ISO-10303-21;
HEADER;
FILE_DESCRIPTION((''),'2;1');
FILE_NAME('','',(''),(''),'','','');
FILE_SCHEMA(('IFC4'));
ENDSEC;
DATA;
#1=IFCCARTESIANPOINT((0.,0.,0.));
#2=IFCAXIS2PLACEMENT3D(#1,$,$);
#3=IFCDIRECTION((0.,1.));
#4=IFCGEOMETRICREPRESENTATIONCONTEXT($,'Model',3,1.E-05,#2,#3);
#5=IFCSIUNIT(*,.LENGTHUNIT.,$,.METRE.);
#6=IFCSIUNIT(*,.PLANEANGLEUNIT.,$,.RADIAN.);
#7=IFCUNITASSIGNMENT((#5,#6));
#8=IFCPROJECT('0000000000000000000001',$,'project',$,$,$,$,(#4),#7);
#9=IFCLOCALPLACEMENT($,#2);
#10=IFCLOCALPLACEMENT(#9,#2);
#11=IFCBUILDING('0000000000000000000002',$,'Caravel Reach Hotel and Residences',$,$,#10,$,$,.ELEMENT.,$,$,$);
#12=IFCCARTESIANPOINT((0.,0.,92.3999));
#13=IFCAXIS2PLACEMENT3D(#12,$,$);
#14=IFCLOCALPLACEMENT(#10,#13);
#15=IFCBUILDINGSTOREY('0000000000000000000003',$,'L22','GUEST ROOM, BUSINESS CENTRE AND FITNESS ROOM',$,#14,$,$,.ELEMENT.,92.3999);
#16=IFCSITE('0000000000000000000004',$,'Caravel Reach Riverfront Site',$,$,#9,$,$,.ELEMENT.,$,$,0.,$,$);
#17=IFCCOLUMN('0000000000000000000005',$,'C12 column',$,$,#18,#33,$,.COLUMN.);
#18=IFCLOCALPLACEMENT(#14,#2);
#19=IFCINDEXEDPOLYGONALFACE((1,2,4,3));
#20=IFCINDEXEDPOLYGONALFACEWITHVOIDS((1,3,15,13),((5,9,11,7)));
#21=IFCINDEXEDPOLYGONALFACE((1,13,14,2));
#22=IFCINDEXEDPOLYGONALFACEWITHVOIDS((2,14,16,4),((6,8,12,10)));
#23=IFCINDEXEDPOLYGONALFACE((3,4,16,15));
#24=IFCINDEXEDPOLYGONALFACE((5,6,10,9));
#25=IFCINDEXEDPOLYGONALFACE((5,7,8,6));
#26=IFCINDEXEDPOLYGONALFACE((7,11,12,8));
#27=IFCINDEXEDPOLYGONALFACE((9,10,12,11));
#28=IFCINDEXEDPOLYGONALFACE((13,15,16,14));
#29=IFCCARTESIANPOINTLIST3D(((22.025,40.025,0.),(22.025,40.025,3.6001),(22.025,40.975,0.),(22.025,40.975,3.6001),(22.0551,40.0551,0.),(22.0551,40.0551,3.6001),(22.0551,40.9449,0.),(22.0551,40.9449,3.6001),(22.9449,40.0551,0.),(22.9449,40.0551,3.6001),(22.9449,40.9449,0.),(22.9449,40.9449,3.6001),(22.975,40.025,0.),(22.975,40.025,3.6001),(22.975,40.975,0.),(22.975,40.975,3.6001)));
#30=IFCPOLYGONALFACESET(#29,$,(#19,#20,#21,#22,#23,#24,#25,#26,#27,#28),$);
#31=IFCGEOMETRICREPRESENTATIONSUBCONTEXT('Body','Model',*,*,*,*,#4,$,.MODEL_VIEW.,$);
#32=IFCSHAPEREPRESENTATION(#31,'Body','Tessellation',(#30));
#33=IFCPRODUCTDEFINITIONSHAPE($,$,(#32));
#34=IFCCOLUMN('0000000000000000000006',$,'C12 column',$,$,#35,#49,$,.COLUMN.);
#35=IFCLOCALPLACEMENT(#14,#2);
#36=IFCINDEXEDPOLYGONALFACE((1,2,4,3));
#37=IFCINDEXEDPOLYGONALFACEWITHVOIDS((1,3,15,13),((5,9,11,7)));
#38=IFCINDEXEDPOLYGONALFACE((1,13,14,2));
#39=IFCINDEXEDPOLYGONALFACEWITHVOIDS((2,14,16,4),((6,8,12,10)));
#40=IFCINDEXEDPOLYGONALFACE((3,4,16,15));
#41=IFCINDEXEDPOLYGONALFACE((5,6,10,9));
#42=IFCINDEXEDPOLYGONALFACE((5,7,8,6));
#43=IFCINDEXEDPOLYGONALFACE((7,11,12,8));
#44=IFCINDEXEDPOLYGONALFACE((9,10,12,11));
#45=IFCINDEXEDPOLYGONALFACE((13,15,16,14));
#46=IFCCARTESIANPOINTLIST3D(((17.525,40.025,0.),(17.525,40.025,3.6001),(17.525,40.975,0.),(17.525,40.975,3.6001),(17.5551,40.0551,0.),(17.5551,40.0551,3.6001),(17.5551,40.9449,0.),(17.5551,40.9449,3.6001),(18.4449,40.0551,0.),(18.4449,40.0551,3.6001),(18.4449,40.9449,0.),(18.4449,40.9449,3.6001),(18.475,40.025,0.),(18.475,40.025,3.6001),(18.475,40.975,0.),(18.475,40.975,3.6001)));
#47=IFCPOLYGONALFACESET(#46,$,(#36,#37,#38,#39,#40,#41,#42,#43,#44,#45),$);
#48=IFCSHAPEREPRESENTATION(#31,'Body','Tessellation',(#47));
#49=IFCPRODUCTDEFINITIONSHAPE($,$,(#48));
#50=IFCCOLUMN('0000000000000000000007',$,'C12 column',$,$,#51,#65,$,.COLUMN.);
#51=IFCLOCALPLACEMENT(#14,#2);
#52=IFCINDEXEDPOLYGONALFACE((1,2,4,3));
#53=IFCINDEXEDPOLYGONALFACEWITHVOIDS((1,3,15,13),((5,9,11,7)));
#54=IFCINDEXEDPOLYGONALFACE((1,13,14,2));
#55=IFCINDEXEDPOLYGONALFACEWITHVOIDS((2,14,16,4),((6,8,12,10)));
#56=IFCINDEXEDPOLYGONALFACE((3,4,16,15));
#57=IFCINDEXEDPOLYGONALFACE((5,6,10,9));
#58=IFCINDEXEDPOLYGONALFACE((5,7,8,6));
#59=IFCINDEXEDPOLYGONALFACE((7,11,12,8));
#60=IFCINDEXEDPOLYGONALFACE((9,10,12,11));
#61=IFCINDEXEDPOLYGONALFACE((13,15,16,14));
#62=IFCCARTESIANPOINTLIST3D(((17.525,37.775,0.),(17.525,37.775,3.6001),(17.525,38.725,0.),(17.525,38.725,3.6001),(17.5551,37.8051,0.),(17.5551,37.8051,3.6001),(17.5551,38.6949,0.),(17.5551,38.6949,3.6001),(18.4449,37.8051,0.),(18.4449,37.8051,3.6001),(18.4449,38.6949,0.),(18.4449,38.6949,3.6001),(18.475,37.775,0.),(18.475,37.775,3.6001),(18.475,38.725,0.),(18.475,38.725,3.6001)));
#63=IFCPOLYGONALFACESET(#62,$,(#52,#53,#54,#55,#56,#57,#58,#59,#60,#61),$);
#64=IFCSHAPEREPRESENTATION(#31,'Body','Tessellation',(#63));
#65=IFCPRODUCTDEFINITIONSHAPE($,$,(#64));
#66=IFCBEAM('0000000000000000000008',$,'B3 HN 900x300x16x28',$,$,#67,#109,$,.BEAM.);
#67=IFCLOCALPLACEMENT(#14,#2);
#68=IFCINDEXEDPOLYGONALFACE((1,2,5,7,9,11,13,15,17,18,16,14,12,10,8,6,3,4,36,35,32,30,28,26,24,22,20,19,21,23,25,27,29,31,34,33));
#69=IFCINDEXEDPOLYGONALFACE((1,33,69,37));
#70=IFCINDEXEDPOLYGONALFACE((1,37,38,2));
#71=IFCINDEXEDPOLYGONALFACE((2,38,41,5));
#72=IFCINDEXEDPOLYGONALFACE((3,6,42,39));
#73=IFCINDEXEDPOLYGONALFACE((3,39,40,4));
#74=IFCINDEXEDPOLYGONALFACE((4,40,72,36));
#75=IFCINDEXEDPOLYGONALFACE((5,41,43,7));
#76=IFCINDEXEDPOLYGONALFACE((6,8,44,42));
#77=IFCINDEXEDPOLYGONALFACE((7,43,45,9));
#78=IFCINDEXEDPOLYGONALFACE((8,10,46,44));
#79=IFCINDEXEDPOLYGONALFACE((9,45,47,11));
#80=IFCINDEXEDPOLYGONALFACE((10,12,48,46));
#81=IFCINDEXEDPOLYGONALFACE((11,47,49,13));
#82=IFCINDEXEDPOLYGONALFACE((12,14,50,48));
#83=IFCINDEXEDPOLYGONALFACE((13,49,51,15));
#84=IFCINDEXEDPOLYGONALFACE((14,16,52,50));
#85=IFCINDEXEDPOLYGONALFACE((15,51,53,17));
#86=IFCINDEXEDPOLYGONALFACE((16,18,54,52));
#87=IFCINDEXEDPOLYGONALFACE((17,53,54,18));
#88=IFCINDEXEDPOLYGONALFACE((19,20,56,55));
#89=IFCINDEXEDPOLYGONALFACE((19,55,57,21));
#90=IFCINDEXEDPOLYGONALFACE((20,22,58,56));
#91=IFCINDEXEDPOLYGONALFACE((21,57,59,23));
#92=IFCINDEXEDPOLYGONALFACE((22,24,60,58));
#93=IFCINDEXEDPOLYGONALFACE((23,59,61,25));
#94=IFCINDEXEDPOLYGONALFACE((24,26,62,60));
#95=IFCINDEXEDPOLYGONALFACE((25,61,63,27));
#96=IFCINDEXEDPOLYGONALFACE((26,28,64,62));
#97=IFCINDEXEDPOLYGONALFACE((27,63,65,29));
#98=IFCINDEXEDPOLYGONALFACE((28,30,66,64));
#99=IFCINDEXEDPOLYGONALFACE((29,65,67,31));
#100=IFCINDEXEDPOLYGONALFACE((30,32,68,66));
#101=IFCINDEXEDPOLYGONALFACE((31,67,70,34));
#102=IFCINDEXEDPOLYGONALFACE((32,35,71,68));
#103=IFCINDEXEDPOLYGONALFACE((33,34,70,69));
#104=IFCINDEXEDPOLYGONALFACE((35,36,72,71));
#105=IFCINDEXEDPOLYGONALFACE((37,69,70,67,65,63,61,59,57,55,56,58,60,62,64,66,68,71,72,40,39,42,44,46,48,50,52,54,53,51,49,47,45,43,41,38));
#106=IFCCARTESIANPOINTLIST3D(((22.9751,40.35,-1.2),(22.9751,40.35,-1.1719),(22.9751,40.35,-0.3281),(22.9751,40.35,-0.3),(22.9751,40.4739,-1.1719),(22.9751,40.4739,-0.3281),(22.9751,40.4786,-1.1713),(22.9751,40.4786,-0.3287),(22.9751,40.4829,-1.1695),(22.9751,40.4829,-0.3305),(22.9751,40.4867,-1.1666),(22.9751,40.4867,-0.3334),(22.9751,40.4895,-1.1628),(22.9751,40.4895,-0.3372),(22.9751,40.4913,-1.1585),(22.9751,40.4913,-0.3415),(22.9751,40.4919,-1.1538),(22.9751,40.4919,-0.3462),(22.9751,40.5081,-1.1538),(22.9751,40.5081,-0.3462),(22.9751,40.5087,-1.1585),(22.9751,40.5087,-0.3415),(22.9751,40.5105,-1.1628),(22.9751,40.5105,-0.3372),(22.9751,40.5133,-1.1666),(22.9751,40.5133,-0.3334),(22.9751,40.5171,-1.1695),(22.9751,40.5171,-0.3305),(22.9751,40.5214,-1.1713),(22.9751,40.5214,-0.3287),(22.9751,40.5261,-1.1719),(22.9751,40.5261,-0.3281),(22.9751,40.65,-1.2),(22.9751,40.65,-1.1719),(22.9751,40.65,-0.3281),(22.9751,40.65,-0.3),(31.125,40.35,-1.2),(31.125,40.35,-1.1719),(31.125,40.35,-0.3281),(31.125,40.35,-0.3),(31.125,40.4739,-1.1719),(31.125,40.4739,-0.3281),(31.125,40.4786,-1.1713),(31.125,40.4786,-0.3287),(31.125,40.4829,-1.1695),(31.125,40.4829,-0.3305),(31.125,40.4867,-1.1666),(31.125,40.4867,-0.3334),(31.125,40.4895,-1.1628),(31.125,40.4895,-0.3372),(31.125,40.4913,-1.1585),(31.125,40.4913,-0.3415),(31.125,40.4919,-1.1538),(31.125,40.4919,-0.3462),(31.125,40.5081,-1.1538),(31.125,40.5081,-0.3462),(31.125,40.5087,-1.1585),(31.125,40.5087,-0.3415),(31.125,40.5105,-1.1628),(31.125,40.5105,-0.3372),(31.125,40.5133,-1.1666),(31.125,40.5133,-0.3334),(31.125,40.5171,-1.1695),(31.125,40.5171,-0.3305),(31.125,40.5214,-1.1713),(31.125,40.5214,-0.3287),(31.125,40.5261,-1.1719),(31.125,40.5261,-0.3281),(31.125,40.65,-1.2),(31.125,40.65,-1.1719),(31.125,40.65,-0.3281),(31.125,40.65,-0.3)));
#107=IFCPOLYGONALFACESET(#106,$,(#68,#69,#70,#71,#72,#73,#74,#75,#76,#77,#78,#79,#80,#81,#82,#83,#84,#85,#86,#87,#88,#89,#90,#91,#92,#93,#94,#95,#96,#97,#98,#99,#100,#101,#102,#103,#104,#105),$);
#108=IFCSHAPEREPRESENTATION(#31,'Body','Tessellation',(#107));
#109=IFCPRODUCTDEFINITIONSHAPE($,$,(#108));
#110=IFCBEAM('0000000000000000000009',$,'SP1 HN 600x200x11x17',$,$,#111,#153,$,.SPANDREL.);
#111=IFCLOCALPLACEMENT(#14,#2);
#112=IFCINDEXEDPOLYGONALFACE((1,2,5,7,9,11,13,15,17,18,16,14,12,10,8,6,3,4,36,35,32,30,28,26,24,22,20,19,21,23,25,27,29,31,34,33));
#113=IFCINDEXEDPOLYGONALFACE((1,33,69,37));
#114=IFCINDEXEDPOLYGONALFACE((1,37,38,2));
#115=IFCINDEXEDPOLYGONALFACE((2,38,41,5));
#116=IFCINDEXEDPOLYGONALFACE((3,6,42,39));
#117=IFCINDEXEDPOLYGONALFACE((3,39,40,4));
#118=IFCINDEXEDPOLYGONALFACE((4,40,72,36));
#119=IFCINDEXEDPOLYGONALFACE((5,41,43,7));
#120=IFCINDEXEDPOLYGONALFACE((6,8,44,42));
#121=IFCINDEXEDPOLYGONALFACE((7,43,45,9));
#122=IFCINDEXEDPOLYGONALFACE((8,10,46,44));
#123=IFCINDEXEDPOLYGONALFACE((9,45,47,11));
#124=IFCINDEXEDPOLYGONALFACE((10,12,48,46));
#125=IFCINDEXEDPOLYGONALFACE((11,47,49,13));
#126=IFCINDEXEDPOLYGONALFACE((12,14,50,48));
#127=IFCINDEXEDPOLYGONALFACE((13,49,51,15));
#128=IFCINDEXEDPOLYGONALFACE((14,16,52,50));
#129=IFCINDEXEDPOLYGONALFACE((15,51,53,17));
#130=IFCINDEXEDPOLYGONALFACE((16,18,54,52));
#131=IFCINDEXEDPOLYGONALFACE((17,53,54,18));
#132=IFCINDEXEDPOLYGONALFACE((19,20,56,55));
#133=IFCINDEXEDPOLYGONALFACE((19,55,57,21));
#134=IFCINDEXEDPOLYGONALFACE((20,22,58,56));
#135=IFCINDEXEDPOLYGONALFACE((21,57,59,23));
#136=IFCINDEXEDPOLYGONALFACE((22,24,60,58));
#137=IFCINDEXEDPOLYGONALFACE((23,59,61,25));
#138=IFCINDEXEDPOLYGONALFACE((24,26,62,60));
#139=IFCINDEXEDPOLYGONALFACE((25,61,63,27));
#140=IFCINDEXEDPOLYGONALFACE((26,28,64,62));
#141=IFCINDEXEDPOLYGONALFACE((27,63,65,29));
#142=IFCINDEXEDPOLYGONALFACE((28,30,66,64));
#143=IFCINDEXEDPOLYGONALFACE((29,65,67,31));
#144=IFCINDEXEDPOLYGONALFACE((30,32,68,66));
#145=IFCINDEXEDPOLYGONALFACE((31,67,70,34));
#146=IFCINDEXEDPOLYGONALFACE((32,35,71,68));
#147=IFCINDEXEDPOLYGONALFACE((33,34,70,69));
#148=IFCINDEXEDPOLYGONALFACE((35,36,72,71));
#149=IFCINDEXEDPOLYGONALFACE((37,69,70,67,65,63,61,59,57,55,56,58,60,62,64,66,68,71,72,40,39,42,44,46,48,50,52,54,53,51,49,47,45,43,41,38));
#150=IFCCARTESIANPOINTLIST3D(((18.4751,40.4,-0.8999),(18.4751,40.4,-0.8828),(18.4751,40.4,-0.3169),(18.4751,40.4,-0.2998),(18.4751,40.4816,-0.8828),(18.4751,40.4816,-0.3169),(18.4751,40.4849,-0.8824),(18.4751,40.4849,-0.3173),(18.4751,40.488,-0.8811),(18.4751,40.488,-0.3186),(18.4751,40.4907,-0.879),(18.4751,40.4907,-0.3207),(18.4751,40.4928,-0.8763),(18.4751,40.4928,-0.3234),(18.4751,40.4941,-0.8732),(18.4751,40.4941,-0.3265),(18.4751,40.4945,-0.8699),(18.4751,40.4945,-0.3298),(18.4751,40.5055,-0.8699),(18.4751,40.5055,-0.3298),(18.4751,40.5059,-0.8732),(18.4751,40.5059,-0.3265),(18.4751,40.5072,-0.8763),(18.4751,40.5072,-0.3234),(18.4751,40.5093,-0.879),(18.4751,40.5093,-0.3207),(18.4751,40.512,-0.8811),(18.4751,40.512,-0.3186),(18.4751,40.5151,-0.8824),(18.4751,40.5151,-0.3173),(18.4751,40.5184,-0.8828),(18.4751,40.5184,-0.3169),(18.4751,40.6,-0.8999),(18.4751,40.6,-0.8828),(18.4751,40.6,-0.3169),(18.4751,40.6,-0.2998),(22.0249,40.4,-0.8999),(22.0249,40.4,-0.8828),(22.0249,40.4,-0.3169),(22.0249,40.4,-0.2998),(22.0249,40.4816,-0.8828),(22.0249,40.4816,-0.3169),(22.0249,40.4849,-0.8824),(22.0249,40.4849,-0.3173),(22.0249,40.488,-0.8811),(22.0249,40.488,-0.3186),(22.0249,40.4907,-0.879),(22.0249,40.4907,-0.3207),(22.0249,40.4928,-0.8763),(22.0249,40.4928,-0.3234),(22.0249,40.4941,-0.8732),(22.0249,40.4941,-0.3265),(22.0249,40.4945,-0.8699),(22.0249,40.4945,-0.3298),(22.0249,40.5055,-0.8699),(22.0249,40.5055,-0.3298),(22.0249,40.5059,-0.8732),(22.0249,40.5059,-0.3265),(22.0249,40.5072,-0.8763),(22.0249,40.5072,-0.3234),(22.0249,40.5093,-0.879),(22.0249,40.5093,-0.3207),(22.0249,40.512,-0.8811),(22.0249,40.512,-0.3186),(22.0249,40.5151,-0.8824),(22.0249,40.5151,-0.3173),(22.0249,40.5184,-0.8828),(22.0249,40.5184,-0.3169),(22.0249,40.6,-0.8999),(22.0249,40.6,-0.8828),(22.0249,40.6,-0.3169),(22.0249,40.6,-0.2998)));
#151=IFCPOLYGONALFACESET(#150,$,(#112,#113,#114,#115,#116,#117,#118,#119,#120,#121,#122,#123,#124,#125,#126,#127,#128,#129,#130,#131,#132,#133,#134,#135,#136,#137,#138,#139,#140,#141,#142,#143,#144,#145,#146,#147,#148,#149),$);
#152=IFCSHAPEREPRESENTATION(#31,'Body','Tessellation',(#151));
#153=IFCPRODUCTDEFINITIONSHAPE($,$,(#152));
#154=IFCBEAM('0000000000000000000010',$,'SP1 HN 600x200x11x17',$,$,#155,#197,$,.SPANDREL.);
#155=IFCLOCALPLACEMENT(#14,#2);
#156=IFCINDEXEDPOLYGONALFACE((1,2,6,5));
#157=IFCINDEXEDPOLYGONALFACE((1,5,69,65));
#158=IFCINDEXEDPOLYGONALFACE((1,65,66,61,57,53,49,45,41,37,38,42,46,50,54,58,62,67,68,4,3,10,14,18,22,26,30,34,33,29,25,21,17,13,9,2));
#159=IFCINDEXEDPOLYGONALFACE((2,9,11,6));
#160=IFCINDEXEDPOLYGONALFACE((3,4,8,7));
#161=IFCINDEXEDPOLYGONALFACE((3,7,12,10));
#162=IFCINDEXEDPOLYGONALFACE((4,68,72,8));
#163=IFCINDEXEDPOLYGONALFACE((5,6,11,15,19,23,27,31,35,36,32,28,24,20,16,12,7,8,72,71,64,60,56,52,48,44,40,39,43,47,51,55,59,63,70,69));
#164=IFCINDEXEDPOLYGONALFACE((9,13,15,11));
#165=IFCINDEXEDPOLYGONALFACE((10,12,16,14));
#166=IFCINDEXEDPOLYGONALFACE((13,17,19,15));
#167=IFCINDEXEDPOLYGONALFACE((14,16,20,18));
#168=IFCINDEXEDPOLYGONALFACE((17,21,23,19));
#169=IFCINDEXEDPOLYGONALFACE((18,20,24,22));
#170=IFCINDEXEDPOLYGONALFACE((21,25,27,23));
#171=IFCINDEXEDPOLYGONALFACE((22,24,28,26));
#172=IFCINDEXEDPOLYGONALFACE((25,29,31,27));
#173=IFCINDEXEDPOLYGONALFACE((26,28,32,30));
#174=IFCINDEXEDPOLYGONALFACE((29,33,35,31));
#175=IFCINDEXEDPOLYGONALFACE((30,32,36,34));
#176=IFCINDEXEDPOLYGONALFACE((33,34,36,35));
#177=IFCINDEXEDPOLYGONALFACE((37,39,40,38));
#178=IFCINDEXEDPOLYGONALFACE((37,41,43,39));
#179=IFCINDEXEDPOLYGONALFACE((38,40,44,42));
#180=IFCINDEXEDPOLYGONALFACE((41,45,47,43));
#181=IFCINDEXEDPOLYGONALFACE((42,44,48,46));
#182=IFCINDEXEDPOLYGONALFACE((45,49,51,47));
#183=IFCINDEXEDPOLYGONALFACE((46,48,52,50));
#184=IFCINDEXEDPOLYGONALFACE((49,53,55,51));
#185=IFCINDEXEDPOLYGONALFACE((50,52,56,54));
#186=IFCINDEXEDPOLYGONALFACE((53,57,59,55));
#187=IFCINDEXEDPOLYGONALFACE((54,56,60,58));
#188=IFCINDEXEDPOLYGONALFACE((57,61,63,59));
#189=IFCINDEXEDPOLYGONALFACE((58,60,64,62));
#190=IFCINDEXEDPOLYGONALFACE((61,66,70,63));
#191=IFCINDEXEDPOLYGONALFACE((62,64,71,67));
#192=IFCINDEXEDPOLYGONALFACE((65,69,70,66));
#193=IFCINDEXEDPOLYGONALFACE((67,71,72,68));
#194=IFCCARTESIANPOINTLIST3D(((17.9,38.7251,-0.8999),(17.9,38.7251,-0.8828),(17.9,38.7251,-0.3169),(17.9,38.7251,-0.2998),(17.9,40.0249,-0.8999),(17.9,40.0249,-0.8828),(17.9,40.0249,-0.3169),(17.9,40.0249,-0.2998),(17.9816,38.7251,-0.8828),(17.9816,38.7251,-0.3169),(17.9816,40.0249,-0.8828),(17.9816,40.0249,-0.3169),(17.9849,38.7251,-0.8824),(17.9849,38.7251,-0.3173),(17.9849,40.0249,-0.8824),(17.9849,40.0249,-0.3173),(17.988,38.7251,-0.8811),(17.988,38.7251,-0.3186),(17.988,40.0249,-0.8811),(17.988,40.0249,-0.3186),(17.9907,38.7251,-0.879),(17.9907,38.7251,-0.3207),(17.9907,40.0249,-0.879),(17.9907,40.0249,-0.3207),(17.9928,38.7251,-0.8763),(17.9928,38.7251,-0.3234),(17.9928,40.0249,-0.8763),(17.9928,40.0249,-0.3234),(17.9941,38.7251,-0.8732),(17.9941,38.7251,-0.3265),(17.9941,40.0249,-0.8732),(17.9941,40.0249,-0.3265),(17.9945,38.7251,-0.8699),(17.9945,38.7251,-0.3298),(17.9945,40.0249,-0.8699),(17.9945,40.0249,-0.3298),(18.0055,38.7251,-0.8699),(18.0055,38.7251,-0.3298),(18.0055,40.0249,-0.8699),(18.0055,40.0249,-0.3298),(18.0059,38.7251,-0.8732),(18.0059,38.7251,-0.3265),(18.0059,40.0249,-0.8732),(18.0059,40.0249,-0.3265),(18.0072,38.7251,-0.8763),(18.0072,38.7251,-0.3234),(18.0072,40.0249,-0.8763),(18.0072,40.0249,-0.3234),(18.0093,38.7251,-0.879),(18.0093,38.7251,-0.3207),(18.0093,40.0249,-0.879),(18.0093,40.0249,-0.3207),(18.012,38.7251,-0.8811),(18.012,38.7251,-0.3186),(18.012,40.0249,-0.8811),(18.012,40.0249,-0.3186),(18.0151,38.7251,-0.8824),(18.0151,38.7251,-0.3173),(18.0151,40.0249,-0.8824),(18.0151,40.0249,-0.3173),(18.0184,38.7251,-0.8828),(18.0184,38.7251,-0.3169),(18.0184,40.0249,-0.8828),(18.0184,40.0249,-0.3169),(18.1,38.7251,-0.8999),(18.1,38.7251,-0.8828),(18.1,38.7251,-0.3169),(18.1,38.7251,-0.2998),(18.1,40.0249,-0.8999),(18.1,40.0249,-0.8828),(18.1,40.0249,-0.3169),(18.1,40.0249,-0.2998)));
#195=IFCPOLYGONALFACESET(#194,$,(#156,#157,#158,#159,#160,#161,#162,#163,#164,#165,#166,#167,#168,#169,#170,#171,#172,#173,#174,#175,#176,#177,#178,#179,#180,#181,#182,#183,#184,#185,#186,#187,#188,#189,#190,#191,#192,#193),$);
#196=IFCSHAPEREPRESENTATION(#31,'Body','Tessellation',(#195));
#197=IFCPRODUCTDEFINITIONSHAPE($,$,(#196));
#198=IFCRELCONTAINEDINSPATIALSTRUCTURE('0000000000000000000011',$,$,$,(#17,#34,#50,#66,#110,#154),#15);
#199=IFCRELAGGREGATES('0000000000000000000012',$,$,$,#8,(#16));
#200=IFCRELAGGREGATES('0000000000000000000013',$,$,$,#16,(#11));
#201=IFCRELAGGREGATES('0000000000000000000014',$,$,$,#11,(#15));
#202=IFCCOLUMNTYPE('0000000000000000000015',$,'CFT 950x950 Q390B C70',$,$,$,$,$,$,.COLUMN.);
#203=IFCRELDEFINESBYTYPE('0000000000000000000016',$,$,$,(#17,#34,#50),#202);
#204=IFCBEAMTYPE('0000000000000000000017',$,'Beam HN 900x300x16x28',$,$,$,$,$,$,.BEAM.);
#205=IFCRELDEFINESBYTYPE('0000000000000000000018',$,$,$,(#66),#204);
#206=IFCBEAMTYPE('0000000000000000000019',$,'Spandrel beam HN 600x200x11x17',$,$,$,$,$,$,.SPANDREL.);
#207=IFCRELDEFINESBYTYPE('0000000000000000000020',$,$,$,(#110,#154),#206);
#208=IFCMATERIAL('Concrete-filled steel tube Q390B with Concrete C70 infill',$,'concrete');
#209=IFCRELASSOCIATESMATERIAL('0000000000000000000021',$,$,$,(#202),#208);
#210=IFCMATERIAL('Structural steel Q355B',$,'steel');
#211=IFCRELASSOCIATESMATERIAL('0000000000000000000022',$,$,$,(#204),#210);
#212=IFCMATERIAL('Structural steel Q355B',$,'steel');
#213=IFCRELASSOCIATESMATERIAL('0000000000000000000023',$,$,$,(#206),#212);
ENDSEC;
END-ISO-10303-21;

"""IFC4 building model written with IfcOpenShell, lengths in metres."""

from ifc_helpers import new_model, si_unit, direction, frame, origin, origin_2d, place, context, subcontext, project, spatial, hollow_rectangle, i_section, extrude, material, material_profile, profile_set, type_object, element, save


model = new_model("IFC4")

# Units and contexts
model_context = context("Model", 3, precision=1e-05, world=origin(), true_north=direction((0.0, 1.0)))
body_context = subcontext(model_context, "Body", "Model", "MODEL_VIEW")
ifc_project = project(units=[si_unit("LENGTHUNIT", "METRE"), si_unit("PLANEANGLEUNIT", "RADIAN")], contexts=[model_context])

# Site, building, storey
site_placement = place(None, origin())
site = spatial("IfcSite", under=ifc_project, at=site_placement, Name="Caravel Reach Riverfront Site", CompositionType="ELEMENT", RefElevation=0.0)
building_placement = place(site_placement, origin())
building = spatial("IfcBuilding", under=site, at=building_placement, Name="Caravel Reach Hotel and Residences", CompositionType="ELEMENT")
storey_placement = place(building_placement, frame((0.0, 0.0, 92.3999)))
storey = spatial("IfcBuildingStorey", under=building, at=storey_placement, Name="L22", Description="GUEST ROOM, BUSINESS CENTRE AND FITNESS ROOM", CompositionType="ELEMENT", Elevation=92.3999)

# Columns
ifc_material_1 = material(Name="Concrete-filled steel tube Q390B with Concrete C70 infill", Category="concrete")
ifc_material_profile_1 = material_profile(ifc_material_1, hollow_rectangle(XDim=0.95, YDim=0.95, WallThickness=0.03, at=origin_2d()), Name="RHS 950x950x30")
ifc_profile_set_1 = profile_set([ifc_material_profile_1], Name="Concrete-filled steel tube Q390B with Concrete C70 infill")
column_type = type_object("IfcColumnType", Name="CFT 950x950 Q390B C70", PredefinedType="COLUMN", material=ifc_profile_set_1)
for number, where, z_axis, x_axis, name in (
    (1, (22.5, 40.5, 0.0), (0.0, 0.0, 1.0), (1.0, 0.0, 0.0), "C12 column"),
    (2, (18.0, 40.5, 0.0), (0.0, 0.0, 1.0), (1.0, 0.0, 0.0), "C12 column"),
    (3, (18.0, 38.25, 0.0), (0.0, 0.0, 1.0), (1.0, 0.0, 0.0), "C12 column"),
):
    element("IfcColumn", number, at=place(storey_placement, frame(where, z_axis=z_axis, x_axis=x_axis)), inside=storey, type_object=column_type, Name=name, PredefinedType="COLUMN", context=body_context, shape_type="SweptSolid", body=[
        extrude(hollow_rectangle(XDim=0.95, YDim=0.95, WallThickness=0.03, at=origin_2d()), origin(), (0.0, 0.0, 1.0), 3.6001),
    ])

# Beams
ifc_material_2 = material(Name="Structural steel Q355B", Category="steel")
ifc_material_profile_2 = material_profile(ifc_material_2, i_section(OverallWidth=0.3, OverallDepth=0.8999, WebThickness=0.0161, FlangeThickness=0.0281, FilletRadius=0.0181, at=origin_2d()), Name="HN 900x300x16x28")
ifc_profile_set_2 = profile_set([ifc_material_profile_2], Name="Structural steel Q355B")
beam_type_1 = type_object("IfcBeamType", Name="Beam HN 900x300x16x28", PredefinedType="BEAM", material=ifc_profile_set_2)
beam_1_placement = place(storey_placement, frame((22.9751, 40.5, -0.75), z_axis=(1.0, 0.0, 0.0), x_axis=(0.0, 1.0, 0.0)))
element("IfcBeam", 4, at=beam_1_placement, inside=storey, type_object=beam_type_1, Name="B3 HN 900x300x16x28", PredefinedType="BEAM", context=body_context, shape_type="SweptSolid", body=[
    extrude(i_section(OverallWidth=0.3, OverallDepth=0.8999, WebThickness=0.0161, FlangeThickness=0.0281, FilletRadius=0.0181, at=origin_2d()), origin(), (0.0, 0.0, 1.0), 8.1499),
])
ifc_material_3 = material(Name="Structural steel Q355B", Category="steel")
ifc_material_profile_3 = material_profile(ifc_material_3, i_section(OverallWidth=0.2, OverallDepth=0.6001, WebThickness=0.011, FlangeThickness=0.0171, FilletRadius=0.0129, at=origin_2d()), Name="HN 600x200x11x17")
ifc_profile_set_3 = profile_set([ifc_material_profile_3], Name="Structural steel Q355B")
beam_type_2 = type_object("IfcBeamType", Name="Spandrel beam HN 600x200x11x17", PredefinedType="SPANDREL", material=ifc_profile_set_3)
beam_2_placement = place(storey_placement, frame((22.0249, 40.5, -0.5999), z_axis=(-1.0, 0.0, 0.0), x_axis=(0.0, -1.0, 0.0)))
element("IfcBeam", 5, at=beam_2_placement, inside=storey, type_object=beam_type_2, Name="SP1 HN 600x200x11x17", PredefinedType="SPANDREL", context=body_context, shape_type="SweptSolid", body=[
    extrude(i_section(OverallWidth=0.2, OverallDepth=0.6001, WebThickness=0.011, FlangeThickness=0.0171, FilletRadius=0.0129, at=origin_2d()), origin(), (0.0, 0.0, 1.0), 3.5498),
])
beam_3_placement = place(storey_placement, frame((18.0, 40.0249, -0.5999), z_axis=(0.0, -1.0, 0.0), x_axis=(1.0, 0.0, 0.0)))
element("IfcBeam", 6, at=beam_3_placement, inside=storey, type_object=beam_type_2, Name="SP1 HN 600x200x11x17", PredefinedType="SPANDREL", context=body_context, shape_type="SweptSolid", body=[
    extrude(i_section(OverallWidth=0.2, OverallDepth=0.6001, WebThickness=0.011, FlangeThickness=0.0171, FilletRadius=0.0129, at=origin_2d()), origin(), (0.0, 0.0, 1.0), 1.2998),
])

save(model, "model.ifc")
